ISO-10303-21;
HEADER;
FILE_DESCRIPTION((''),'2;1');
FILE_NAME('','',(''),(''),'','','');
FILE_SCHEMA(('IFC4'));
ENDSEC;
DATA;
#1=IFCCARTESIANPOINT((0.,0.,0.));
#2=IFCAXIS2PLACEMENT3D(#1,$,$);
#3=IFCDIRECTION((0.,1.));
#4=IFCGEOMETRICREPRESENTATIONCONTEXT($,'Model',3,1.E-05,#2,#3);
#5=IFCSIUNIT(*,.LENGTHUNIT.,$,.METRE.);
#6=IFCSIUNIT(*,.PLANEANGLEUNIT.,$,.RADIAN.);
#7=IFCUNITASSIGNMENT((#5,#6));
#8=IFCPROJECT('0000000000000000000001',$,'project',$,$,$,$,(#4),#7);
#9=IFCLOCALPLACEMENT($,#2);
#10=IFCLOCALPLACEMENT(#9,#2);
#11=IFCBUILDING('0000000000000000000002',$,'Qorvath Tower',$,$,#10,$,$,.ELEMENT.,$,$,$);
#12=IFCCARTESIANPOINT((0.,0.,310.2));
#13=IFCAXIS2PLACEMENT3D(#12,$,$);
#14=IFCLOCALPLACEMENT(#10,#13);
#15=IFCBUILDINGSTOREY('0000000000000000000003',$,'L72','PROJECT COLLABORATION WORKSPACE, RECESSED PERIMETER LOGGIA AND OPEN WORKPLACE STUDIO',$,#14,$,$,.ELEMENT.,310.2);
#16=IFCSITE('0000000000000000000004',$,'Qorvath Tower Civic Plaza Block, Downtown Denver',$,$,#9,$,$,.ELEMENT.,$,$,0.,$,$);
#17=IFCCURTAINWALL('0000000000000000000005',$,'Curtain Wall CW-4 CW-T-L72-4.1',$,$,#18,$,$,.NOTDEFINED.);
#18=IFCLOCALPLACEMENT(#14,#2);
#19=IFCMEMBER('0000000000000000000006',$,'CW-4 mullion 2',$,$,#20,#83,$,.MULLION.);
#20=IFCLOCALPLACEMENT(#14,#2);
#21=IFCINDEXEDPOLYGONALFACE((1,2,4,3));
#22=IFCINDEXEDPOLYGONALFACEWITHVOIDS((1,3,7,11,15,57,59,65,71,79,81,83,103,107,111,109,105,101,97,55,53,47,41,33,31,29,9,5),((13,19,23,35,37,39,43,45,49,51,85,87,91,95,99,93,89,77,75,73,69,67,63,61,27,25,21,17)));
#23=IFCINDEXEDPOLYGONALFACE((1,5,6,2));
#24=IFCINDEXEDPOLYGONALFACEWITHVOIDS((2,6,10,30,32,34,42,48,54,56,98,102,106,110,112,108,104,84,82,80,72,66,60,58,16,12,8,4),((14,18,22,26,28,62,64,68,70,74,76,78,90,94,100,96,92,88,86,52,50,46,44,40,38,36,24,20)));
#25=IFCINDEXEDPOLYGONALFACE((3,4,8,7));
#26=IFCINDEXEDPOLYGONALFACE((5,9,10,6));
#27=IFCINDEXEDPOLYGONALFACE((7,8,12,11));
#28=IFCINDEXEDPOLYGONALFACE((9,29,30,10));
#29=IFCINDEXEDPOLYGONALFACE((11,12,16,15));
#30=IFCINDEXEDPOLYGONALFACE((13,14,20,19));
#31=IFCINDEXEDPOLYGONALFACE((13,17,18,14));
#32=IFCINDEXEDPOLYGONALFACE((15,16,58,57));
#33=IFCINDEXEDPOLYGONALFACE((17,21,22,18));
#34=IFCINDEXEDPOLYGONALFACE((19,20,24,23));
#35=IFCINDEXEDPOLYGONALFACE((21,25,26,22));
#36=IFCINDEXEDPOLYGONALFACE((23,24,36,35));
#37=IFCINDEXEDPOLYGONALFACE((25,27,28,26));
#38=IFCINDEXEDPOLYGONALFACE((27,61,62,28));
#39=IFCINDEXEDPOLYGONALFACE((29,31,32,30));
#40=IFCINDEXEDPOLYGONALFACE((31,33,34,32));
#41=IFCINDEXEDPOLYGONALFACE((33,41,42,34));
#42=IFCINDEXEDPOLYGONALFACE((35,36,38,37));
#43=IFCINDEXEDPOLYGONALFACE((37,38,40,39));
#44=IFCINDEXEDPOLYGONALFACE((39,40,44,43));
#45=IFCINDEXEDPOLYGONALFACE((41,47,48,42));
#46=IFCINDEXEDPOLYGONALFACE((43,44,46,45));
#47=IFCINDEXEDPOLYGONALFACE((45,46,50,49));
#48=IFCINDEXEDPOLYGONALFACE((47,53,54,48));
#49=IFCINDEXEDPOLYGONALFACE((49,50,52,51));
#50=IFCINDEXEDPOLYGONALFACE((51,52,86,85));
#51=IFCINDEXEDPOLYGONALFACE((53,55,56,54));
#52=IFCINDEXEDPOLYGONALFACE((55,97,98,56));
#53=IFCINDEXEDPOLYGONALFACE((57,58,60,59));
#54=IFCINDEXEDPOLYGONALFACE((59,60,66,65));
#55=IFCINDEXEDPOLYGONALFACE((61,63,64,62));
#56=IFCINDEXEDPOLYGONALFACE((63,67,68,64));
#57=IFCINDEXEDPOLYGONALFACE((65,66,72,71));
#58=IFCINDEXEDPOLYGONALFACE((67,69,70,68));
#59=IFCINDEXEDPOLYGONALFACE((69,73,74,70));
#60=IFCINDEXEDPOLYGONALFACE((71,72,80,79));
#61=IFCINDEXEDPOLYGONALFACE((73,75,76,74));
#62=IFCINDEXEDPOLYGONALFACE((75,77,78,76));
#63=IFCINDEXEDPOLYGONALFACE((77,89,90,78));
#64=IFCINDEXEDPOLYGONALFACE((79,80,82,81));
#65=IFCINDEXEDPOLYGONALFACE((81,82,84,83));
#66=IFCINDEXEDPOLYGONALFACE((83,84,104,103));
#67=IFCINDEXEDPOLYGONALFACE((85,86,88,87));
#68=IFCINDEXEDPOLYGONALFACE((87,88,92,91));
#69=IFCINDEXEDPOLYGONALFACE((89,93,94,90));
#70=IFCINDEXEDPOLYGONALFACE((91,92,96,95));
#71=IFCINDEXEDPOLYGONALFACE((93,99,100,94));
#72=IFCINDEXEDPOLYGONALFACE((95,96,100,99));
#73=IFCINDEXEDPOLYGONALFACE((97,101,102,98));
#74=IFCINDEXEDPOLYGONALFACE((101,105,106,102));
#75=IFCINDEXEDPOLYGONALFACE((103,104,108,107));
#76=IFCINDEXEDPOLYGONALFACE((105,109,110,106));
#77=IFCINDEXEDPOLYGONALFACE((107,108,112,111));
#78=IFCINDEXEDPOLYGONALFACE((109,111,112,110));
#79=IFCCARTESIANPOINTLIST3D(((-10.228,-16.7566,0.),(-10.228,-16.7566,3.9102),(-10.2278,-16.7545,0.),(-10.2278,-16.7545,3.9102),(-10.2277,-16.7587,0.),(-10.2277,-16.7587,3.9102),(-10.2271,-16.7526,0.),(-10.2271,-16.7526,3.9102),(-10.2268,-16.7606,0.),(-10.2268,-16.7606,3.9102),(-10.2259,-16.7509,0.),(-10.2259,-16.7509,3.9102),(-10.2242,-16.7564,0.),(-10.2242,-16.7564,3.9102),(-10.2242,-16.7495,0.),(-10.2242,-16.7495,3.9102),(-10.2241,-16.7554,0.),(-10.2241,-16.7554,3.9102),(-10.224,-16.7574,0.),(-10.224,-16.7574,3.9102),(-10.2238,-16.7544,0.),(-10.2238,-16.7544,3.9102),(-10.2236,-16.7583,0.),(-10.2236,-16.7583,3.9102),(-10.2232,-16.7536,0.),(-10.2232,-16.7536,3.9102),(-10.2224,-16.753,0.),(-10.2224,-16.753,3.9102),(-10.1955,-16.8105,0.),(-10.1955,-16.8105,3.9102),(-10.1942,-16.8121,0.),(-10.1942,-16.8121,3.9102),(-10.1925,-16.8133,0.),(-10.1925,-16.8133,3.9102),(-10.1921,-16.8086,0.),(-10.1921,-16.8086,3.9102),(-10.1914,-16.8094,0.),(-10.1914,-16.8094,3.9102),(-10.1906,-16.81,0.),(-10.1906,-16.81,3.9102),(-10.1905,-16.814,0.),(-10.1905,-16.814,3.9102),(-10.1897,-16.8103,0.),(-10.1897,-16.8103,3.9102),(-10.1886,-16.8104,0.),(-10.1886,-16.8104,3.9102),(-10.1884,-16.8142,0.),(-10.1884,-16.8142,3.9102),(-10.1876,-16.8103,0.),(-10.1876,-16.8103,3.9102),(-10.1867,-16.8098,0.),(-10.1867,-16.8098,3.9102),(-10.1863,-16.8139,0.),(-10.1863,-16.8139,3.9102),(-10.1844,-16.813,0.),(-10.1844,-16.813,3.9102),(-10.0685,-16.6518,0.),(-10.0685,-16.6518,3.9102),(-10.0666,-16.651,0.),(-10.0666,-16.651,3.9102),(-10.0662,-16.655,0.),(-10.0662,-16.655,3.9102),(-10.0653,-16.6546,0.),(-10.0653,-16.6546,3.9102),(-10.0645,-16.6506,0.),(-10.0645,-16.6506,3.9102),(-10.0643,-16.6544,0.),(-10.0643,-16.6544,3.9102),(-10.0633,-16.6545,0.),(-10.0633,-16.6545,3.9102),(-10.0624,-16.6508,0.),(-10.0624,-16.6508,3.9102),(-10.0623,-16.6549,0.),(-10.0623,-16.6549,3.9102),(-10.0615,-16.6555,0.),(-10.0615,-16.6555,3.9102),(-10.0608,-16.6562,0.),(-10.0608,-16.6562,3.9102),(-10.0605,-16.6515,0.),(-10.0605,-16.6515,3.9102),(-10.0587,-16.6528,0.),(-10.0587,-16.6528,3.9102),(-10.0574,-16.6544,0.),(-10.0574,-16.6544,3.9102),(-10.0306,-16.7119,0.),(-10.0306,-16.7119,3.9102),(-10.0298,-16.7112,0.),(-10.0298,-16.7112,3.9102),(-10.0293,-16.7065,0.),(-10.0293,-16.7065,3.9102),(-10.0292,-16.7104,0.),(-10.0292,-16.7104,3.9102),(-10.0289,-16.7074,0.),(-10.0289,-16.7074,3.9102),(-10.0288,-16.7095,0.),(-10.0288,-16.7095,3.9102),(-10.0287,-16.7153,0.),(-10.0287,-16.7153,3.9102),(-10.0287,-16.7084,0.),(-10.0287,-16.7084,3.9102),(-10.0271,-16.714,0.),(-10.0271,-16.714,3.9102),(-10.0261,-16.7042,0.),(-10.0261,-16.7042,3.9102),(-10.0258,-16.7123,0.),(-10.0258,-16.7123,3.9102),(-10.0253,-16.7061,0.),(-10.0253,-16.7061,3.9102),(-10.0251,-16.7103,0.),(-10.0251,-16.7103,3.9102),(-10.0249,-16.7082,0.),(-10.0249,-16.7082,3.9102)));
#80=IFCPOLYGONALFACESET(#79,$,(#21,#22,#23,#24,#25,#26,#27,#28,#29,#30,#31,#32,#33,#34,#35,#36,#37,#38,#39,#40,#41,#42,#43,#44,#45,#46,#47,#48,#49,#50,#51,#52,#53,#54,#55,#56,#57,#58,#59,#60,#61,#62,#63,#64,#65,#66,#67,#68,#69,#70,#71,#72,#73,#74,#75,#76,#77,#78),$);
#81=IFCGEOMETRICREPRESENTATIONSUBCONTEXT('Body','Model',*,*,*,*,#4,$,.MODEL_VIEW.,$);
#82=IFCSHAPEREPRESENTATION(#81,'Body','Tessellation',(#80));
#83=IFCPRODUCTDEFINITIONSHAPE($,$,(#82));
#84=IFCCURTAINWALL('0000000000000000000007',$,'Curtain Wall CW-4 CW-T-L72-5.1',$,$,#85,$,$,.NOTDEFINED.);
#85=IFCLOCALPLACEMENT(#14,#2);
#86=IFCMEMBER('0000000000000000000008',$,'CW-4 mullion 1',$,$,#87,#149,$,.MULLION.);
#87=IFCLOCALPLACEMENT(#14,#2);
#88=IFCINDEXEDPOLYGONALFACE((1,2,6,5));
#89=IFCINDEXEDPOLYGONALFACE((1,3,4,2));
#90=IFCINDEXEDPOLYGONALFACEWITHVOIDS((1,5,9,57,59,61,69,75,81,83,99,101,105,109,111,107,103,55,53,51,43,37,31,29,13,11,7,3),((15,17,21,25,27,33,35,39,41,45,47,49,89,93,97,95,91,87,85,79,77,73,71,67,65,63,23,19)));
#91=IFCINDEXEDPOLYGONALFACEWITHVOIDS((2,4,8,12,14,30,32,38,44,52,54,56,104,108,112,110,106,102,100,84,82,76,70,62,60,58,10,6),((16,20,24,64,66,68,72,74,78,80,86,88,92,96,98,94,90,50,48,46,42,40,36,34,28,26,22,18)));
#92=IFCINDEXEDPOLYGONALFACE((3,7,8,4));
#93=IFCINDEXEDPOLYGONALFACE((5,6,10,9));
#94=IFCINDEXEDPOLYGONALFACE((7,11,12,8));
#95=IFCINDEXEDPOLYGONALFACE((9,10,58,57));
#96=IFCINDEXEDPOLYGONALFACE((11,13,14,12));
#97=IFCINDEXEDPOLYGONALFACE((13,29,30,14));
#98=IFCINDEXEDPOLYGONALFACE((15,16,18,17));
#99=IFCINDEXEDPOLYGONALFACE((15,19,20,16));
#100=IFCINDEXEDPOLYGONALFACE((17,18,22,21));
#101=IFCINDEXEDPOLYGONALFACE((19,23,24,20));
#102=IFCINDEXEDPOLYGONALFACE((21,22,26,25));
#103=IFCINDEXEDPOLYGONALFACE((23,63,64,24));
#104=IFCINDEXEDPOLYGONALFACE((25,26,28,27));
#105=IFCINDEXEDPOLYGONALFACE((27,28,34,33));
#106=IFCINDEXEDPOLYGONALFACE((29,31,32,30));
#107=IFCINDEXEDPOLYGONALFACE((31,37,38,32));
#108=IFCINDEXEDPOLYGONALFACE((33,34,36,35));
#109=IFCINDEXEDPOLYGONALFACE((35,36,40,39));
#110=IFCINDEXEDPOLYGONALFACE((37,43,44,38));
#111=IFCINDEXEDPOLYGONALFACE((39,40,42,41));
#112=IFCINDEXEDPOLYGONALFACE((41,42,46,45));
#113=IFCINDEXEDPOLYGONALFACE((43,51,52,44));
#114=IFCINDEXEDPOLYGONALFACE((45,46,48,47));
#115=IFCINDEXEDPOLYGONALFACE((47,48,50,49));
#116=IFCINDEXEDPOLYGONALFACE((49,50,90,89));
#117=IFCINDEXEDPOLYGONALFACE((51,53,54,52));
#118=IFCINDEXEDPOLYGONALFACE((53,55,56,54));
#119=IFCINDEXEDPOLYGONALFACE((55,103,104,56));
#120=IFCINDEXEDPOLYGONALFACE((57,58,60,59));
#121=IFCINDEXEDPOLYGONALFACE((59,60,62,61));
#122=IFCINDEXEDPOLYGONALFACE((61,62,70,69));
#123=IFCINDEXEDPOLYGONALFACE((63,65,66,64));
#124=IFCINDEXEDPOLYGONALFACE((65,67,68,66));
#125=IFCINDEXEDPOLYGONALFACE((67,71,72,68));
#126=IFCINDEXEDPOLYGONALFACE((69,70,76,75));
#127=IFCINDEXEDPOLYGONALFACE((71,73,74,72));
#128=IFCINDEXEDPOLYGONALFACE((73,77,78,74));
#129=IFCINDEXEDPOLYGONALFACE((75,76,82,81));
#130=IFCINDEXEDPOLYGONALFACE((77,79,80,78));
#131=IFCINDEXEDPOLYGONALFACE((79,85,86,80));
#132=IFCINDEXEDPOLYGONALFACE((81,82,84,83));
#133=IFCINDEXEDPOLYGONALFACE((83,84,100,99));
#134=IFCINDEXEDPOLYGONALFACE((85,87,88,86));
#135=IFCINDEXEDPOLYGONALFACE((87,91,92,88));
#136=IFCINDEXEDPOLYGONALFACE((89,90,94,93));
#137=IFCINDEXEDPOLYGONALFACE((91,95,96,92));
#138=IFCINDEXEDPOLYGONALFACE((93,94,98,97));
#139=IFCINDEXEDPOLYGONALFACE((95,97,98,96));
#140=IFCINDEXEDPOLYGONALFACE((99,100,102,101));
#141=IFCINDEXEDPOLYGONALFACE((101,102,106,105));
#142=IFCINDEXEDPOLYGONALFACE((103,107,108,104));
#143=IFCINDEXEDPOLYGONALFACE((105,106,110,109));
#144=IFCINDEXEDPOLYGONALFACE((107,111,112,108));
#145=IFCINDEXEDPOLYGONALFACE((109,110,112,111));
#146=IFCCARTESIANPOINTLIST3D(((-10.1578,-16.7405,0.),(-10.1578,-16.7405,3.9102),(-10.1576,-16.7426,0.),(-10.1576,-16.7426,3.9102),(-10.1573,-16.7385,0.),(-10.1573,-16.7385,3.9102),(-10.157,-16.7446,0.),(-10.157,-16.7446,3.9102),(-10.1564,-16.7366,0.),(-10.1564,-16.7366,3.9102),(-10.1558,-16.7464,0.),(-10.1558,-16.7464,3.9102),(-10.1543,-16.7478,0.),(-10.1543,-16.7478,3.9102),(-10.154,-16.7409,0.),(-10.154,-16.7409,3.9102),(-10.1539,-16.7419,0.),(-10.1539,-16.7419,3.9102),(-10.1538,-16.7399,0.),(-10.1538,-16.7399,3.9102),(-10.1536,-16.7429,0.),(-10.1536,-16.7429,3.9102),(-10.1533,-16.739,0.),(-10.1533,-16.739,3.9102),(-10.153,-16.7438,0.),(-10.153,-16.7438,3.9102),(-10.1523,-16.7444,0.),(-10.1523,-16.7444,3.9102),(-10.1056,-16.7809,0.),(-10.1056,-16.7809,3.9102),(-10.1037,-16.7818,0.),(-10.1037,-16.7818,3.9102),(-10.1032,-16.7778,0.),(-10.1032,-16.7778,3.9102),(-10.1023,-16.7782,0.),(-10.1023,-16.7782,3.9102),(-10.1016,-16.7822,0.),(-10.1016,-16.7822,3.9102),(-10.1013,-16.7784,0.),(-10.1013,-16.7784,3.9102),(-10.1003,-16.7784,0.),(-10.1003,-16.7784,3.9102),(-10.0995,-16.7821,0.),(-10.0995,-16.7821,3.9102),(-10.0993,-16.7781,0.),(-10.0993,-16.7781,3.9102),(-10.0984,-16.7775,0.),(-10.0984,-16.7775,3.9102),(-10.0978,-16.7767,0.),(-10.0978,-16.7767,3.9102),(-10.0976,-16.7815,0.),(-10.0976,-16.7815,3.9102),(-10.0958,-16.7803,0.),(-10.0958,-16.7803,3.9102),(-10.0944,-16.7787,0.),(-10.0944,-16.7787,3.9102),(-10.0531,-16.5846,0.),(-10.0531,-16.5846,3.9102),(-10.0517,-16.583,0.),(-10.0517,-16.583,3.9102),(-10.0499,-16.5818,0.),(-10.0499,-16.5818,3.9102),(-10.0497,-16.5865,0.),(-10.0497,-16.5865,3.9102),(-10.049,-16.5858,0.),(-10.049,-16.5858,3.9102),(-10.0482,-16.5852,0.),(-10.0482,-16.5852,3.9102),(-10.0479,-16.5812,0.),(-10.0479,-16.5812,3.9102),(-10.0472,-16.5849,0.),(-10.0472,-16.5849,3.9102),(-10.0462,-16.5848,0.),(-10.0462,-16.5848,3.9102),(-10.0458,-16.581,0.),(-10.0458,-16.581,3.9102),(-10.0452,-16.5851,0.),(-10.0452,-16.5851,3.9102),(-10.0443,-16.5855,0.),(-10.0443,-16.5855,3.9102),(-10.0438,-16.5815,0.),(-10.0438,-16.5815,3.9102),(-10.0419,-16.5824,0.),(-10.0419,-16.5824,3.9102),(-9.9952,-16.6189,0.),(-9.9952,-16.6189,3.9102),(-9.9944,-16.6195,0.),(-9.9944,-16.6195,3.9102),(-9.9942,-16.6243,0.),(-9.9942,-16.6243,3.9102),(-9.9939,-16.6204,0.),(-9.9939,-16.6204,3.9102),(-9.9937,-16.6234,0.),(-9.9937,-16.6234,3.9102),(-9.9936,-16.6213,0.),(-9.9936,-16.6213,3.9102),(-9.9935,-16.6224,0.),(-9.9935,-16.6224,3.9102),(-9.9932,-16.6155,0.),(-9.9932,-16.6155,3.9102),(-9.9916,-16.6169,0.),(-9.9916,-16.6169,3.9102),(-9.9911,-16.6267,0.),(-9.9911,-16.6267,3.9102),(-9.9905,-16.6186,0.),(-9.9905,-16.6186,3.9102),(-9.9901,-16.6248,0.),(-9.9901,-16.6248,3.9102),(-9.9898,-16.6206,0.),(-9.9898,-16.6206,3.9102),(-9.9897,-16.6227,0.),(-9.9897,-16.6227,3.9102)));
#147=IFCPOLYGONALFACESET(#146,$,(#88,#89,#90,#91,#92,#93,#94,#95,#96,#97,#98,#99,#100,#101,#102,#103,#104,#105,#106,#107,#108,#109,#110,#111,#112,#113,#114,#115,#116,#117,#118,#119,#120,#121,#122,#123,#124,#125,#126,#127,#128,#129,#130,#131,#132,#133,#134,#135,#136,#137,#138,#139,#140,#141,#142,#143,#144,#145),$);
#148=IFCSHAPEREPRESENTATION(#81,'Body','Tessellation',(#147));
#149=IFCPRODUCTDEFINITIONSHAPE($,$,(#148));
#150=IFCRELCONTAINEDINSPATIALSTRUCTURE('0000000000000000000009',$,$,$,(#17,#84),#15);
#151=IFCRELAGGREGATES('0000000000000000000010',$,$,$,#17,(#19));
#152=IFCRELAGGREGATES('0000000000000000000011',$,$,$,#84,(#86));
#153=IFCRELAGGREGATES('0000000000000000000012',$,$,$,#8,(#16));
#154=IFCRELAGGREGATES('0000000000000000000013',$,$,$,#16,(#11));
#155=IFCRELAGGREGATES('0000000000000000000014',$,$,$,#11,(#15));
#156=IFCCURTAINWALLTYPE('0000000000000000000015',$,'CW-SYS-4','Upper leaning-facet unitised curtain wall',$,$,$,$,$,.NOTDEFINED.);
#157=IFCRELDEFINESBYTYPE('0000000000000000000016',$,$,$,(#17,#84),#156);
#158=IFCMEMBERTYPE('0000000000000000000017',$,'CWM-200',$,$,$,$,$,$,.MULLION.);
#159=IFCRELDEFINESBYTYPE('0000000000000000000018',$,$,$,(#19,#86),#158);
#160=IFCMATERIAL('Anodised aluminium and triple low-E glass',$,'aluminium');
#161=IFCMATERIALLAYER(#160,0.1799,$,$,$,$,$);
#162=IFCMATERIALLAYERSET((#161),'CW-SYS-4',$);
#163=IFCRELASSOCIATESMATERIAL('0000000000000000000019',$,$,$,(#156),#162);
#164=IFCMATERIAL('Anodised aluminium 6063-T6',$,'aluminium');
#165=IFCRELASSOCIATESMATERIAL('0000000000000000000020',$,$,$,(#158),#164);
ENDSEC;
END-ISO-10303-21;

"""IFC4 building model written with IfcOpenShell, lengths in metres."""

from ifc_helpers import new_model, si_unit, direction, frame, origin, origin_2d, place, context, subcontext, project, spatial, hollow_rectangle, extrude, material, layer, layer_set, material_profile, profile_set, type_object, element, aggregate, save


model = new_model("IFC4")

# Units and contexts
model_context = context("Model", 3, precision=1e-05, world=origin(), true_north=direction((0.0, 1.0)))
body_context = subcontext(model_context, "Body", "Model", "MODEL_VIEW")
ifc_project = project(units=[si_unit("LENGTHUNIT", "METRE"), si_unit("PLANEANGLEUNIT", "RADIAN")], contexts=[model_context])

# Site, building, storey
site_placement = place(None, origin())
site = spatial("IfcSite", under=ifc_project, at=site_placement, Name="Qorvath Tower Civic Plaza Block, Downtown Denver", CompositionType="ELEMENT", RefElevation=0.0)
building_placement = place(site_placement, origin())
building = spatial("IfcBuilding", under=site, at=building_placement, Name="Qorvath Tower", CompositionType="ELEMENT")
storey_placement = place(building_placement, frame((0.0, 0.0, 310.2)))
storey = spatial("IfcBuildingStorey", under=building, at=storey_placement, Name="L72", Description="PROJECT COLLABORATION WORKSPACE, RECESSED PERIMETER LOGGIA AND OPEN WORKPLACE STUDIO", CompositionType="ELEMENT", Elevation=310.2)

# Shared definitions
ifc_material_1 = material(Name="Anodised aluminium and triple low-E glass", Category="aluminium")
ifc_layer_1 = layer(ifc_material_1, 0.1799)
ifc_layer_set_1 = layer_set([ifc_layer_1], Name="CW-SYS-4")
curtain_wall_type = type_object("IfcCurtainWallType", Name="CW-SYS-4", Description="Upper leaning-facet unitised curtain wall", PredefinedType="NOTDEFINED", material=ifc_layer_set_1)
ifc_material_2 = material(Name="Anodised aluminium 6063-T6", Category="aluminium")
ifc_material_profile_1 = material_profile(ifc_material_2, hollow_rectangle(XDim=0.075, YDim=0.2, WallThickness=0.0039, InnerFilletRadius=0.0039, OuterFilletRadius=0.0081, at=origin_2d()), Name="CWM 200x75")
ifc_profile_set_1 = profile_set([ifc_material_profile_1], Name="Anodised aluminium 6063-T6")
member_type_1 = type_object("IfcMemberType", Name="CWM-200", PredefinedType="MULLION", material=ifc_profile_set_1)

# Curtain wall, member
curtain_wall_1_placement = place(storey_placement, origin())
curtain_wall_1 = element("IfcCurtainWall", 1, at=curtain_wall_1_placement, inside=storey, type_object=curtain_wall_type, Name="Curtain Wall CW-4 CW-T-L72-4.1", PredefinedType="NOTDEFINED")
member_1_placement = place(storey_placement, frame((-10.1265, -16.7324, 0.0), z_axis=(0.0, 0.0, 1.0), x_axis=(-0.531348, 0.847153, 0.0)))
member_1 = element("IfcMember", 2, at=member_1_placement, type_object=member_type_1, Name="CW-4 mullion 2", PredefinedType="MULLION", context=body_context, shape_type="SweptSolid", body=[
    extrude(hollow_rectangle(XDim=0.075, YDim=0.2, WallThickness=0.0039, InnerFilletRadius=0.0039, OuterFilletRadius=0.0081, at=origin_2d()), origin(), (0.0, 0.0, 1.0), 3.9102),
])

# Curtain wall, member
curtain_wall_2_placement = place(storey_placement, origin())
curtain_wall_2 = element("IfcCurtainWall", 3, at=curtain_wall_2_placement, inside=storey, type_object=curtain_wall_type, Name="Curtain Wall CW-4 CW-T-L72-5.1", PredefinedType="NOTDEFINED")
member_2_placement = place(storey_placement, frame((-10.0737, -16.6816, 0.0), z_axis=(0.0, 0.0, 1.0), x_axis=(-0.82712, 0.562025, 0.0)))
member_2 = element("IfcMember", 4, at=member_2_placement, type_object=member_type_1, Name="CW-4 mullion 1", PredefinedType="MULLION", context=body_context, shape_type="SweptSolid", body=[
    extrude(hollow_rectangle(XDim=0.075, YDim=0.2, WallThickness=0.0039, InnerFilletRadius=0.0039, OuterFilletRadius=0.0081, at=origin_2d()), origin(), (0.0, 0.0, 1.0), 3.9102),
])

aggregate(curtain_wall_1, [member_1])
aggregate(curtain_wall_2, [member_2])

save(model, "model.ifc")
